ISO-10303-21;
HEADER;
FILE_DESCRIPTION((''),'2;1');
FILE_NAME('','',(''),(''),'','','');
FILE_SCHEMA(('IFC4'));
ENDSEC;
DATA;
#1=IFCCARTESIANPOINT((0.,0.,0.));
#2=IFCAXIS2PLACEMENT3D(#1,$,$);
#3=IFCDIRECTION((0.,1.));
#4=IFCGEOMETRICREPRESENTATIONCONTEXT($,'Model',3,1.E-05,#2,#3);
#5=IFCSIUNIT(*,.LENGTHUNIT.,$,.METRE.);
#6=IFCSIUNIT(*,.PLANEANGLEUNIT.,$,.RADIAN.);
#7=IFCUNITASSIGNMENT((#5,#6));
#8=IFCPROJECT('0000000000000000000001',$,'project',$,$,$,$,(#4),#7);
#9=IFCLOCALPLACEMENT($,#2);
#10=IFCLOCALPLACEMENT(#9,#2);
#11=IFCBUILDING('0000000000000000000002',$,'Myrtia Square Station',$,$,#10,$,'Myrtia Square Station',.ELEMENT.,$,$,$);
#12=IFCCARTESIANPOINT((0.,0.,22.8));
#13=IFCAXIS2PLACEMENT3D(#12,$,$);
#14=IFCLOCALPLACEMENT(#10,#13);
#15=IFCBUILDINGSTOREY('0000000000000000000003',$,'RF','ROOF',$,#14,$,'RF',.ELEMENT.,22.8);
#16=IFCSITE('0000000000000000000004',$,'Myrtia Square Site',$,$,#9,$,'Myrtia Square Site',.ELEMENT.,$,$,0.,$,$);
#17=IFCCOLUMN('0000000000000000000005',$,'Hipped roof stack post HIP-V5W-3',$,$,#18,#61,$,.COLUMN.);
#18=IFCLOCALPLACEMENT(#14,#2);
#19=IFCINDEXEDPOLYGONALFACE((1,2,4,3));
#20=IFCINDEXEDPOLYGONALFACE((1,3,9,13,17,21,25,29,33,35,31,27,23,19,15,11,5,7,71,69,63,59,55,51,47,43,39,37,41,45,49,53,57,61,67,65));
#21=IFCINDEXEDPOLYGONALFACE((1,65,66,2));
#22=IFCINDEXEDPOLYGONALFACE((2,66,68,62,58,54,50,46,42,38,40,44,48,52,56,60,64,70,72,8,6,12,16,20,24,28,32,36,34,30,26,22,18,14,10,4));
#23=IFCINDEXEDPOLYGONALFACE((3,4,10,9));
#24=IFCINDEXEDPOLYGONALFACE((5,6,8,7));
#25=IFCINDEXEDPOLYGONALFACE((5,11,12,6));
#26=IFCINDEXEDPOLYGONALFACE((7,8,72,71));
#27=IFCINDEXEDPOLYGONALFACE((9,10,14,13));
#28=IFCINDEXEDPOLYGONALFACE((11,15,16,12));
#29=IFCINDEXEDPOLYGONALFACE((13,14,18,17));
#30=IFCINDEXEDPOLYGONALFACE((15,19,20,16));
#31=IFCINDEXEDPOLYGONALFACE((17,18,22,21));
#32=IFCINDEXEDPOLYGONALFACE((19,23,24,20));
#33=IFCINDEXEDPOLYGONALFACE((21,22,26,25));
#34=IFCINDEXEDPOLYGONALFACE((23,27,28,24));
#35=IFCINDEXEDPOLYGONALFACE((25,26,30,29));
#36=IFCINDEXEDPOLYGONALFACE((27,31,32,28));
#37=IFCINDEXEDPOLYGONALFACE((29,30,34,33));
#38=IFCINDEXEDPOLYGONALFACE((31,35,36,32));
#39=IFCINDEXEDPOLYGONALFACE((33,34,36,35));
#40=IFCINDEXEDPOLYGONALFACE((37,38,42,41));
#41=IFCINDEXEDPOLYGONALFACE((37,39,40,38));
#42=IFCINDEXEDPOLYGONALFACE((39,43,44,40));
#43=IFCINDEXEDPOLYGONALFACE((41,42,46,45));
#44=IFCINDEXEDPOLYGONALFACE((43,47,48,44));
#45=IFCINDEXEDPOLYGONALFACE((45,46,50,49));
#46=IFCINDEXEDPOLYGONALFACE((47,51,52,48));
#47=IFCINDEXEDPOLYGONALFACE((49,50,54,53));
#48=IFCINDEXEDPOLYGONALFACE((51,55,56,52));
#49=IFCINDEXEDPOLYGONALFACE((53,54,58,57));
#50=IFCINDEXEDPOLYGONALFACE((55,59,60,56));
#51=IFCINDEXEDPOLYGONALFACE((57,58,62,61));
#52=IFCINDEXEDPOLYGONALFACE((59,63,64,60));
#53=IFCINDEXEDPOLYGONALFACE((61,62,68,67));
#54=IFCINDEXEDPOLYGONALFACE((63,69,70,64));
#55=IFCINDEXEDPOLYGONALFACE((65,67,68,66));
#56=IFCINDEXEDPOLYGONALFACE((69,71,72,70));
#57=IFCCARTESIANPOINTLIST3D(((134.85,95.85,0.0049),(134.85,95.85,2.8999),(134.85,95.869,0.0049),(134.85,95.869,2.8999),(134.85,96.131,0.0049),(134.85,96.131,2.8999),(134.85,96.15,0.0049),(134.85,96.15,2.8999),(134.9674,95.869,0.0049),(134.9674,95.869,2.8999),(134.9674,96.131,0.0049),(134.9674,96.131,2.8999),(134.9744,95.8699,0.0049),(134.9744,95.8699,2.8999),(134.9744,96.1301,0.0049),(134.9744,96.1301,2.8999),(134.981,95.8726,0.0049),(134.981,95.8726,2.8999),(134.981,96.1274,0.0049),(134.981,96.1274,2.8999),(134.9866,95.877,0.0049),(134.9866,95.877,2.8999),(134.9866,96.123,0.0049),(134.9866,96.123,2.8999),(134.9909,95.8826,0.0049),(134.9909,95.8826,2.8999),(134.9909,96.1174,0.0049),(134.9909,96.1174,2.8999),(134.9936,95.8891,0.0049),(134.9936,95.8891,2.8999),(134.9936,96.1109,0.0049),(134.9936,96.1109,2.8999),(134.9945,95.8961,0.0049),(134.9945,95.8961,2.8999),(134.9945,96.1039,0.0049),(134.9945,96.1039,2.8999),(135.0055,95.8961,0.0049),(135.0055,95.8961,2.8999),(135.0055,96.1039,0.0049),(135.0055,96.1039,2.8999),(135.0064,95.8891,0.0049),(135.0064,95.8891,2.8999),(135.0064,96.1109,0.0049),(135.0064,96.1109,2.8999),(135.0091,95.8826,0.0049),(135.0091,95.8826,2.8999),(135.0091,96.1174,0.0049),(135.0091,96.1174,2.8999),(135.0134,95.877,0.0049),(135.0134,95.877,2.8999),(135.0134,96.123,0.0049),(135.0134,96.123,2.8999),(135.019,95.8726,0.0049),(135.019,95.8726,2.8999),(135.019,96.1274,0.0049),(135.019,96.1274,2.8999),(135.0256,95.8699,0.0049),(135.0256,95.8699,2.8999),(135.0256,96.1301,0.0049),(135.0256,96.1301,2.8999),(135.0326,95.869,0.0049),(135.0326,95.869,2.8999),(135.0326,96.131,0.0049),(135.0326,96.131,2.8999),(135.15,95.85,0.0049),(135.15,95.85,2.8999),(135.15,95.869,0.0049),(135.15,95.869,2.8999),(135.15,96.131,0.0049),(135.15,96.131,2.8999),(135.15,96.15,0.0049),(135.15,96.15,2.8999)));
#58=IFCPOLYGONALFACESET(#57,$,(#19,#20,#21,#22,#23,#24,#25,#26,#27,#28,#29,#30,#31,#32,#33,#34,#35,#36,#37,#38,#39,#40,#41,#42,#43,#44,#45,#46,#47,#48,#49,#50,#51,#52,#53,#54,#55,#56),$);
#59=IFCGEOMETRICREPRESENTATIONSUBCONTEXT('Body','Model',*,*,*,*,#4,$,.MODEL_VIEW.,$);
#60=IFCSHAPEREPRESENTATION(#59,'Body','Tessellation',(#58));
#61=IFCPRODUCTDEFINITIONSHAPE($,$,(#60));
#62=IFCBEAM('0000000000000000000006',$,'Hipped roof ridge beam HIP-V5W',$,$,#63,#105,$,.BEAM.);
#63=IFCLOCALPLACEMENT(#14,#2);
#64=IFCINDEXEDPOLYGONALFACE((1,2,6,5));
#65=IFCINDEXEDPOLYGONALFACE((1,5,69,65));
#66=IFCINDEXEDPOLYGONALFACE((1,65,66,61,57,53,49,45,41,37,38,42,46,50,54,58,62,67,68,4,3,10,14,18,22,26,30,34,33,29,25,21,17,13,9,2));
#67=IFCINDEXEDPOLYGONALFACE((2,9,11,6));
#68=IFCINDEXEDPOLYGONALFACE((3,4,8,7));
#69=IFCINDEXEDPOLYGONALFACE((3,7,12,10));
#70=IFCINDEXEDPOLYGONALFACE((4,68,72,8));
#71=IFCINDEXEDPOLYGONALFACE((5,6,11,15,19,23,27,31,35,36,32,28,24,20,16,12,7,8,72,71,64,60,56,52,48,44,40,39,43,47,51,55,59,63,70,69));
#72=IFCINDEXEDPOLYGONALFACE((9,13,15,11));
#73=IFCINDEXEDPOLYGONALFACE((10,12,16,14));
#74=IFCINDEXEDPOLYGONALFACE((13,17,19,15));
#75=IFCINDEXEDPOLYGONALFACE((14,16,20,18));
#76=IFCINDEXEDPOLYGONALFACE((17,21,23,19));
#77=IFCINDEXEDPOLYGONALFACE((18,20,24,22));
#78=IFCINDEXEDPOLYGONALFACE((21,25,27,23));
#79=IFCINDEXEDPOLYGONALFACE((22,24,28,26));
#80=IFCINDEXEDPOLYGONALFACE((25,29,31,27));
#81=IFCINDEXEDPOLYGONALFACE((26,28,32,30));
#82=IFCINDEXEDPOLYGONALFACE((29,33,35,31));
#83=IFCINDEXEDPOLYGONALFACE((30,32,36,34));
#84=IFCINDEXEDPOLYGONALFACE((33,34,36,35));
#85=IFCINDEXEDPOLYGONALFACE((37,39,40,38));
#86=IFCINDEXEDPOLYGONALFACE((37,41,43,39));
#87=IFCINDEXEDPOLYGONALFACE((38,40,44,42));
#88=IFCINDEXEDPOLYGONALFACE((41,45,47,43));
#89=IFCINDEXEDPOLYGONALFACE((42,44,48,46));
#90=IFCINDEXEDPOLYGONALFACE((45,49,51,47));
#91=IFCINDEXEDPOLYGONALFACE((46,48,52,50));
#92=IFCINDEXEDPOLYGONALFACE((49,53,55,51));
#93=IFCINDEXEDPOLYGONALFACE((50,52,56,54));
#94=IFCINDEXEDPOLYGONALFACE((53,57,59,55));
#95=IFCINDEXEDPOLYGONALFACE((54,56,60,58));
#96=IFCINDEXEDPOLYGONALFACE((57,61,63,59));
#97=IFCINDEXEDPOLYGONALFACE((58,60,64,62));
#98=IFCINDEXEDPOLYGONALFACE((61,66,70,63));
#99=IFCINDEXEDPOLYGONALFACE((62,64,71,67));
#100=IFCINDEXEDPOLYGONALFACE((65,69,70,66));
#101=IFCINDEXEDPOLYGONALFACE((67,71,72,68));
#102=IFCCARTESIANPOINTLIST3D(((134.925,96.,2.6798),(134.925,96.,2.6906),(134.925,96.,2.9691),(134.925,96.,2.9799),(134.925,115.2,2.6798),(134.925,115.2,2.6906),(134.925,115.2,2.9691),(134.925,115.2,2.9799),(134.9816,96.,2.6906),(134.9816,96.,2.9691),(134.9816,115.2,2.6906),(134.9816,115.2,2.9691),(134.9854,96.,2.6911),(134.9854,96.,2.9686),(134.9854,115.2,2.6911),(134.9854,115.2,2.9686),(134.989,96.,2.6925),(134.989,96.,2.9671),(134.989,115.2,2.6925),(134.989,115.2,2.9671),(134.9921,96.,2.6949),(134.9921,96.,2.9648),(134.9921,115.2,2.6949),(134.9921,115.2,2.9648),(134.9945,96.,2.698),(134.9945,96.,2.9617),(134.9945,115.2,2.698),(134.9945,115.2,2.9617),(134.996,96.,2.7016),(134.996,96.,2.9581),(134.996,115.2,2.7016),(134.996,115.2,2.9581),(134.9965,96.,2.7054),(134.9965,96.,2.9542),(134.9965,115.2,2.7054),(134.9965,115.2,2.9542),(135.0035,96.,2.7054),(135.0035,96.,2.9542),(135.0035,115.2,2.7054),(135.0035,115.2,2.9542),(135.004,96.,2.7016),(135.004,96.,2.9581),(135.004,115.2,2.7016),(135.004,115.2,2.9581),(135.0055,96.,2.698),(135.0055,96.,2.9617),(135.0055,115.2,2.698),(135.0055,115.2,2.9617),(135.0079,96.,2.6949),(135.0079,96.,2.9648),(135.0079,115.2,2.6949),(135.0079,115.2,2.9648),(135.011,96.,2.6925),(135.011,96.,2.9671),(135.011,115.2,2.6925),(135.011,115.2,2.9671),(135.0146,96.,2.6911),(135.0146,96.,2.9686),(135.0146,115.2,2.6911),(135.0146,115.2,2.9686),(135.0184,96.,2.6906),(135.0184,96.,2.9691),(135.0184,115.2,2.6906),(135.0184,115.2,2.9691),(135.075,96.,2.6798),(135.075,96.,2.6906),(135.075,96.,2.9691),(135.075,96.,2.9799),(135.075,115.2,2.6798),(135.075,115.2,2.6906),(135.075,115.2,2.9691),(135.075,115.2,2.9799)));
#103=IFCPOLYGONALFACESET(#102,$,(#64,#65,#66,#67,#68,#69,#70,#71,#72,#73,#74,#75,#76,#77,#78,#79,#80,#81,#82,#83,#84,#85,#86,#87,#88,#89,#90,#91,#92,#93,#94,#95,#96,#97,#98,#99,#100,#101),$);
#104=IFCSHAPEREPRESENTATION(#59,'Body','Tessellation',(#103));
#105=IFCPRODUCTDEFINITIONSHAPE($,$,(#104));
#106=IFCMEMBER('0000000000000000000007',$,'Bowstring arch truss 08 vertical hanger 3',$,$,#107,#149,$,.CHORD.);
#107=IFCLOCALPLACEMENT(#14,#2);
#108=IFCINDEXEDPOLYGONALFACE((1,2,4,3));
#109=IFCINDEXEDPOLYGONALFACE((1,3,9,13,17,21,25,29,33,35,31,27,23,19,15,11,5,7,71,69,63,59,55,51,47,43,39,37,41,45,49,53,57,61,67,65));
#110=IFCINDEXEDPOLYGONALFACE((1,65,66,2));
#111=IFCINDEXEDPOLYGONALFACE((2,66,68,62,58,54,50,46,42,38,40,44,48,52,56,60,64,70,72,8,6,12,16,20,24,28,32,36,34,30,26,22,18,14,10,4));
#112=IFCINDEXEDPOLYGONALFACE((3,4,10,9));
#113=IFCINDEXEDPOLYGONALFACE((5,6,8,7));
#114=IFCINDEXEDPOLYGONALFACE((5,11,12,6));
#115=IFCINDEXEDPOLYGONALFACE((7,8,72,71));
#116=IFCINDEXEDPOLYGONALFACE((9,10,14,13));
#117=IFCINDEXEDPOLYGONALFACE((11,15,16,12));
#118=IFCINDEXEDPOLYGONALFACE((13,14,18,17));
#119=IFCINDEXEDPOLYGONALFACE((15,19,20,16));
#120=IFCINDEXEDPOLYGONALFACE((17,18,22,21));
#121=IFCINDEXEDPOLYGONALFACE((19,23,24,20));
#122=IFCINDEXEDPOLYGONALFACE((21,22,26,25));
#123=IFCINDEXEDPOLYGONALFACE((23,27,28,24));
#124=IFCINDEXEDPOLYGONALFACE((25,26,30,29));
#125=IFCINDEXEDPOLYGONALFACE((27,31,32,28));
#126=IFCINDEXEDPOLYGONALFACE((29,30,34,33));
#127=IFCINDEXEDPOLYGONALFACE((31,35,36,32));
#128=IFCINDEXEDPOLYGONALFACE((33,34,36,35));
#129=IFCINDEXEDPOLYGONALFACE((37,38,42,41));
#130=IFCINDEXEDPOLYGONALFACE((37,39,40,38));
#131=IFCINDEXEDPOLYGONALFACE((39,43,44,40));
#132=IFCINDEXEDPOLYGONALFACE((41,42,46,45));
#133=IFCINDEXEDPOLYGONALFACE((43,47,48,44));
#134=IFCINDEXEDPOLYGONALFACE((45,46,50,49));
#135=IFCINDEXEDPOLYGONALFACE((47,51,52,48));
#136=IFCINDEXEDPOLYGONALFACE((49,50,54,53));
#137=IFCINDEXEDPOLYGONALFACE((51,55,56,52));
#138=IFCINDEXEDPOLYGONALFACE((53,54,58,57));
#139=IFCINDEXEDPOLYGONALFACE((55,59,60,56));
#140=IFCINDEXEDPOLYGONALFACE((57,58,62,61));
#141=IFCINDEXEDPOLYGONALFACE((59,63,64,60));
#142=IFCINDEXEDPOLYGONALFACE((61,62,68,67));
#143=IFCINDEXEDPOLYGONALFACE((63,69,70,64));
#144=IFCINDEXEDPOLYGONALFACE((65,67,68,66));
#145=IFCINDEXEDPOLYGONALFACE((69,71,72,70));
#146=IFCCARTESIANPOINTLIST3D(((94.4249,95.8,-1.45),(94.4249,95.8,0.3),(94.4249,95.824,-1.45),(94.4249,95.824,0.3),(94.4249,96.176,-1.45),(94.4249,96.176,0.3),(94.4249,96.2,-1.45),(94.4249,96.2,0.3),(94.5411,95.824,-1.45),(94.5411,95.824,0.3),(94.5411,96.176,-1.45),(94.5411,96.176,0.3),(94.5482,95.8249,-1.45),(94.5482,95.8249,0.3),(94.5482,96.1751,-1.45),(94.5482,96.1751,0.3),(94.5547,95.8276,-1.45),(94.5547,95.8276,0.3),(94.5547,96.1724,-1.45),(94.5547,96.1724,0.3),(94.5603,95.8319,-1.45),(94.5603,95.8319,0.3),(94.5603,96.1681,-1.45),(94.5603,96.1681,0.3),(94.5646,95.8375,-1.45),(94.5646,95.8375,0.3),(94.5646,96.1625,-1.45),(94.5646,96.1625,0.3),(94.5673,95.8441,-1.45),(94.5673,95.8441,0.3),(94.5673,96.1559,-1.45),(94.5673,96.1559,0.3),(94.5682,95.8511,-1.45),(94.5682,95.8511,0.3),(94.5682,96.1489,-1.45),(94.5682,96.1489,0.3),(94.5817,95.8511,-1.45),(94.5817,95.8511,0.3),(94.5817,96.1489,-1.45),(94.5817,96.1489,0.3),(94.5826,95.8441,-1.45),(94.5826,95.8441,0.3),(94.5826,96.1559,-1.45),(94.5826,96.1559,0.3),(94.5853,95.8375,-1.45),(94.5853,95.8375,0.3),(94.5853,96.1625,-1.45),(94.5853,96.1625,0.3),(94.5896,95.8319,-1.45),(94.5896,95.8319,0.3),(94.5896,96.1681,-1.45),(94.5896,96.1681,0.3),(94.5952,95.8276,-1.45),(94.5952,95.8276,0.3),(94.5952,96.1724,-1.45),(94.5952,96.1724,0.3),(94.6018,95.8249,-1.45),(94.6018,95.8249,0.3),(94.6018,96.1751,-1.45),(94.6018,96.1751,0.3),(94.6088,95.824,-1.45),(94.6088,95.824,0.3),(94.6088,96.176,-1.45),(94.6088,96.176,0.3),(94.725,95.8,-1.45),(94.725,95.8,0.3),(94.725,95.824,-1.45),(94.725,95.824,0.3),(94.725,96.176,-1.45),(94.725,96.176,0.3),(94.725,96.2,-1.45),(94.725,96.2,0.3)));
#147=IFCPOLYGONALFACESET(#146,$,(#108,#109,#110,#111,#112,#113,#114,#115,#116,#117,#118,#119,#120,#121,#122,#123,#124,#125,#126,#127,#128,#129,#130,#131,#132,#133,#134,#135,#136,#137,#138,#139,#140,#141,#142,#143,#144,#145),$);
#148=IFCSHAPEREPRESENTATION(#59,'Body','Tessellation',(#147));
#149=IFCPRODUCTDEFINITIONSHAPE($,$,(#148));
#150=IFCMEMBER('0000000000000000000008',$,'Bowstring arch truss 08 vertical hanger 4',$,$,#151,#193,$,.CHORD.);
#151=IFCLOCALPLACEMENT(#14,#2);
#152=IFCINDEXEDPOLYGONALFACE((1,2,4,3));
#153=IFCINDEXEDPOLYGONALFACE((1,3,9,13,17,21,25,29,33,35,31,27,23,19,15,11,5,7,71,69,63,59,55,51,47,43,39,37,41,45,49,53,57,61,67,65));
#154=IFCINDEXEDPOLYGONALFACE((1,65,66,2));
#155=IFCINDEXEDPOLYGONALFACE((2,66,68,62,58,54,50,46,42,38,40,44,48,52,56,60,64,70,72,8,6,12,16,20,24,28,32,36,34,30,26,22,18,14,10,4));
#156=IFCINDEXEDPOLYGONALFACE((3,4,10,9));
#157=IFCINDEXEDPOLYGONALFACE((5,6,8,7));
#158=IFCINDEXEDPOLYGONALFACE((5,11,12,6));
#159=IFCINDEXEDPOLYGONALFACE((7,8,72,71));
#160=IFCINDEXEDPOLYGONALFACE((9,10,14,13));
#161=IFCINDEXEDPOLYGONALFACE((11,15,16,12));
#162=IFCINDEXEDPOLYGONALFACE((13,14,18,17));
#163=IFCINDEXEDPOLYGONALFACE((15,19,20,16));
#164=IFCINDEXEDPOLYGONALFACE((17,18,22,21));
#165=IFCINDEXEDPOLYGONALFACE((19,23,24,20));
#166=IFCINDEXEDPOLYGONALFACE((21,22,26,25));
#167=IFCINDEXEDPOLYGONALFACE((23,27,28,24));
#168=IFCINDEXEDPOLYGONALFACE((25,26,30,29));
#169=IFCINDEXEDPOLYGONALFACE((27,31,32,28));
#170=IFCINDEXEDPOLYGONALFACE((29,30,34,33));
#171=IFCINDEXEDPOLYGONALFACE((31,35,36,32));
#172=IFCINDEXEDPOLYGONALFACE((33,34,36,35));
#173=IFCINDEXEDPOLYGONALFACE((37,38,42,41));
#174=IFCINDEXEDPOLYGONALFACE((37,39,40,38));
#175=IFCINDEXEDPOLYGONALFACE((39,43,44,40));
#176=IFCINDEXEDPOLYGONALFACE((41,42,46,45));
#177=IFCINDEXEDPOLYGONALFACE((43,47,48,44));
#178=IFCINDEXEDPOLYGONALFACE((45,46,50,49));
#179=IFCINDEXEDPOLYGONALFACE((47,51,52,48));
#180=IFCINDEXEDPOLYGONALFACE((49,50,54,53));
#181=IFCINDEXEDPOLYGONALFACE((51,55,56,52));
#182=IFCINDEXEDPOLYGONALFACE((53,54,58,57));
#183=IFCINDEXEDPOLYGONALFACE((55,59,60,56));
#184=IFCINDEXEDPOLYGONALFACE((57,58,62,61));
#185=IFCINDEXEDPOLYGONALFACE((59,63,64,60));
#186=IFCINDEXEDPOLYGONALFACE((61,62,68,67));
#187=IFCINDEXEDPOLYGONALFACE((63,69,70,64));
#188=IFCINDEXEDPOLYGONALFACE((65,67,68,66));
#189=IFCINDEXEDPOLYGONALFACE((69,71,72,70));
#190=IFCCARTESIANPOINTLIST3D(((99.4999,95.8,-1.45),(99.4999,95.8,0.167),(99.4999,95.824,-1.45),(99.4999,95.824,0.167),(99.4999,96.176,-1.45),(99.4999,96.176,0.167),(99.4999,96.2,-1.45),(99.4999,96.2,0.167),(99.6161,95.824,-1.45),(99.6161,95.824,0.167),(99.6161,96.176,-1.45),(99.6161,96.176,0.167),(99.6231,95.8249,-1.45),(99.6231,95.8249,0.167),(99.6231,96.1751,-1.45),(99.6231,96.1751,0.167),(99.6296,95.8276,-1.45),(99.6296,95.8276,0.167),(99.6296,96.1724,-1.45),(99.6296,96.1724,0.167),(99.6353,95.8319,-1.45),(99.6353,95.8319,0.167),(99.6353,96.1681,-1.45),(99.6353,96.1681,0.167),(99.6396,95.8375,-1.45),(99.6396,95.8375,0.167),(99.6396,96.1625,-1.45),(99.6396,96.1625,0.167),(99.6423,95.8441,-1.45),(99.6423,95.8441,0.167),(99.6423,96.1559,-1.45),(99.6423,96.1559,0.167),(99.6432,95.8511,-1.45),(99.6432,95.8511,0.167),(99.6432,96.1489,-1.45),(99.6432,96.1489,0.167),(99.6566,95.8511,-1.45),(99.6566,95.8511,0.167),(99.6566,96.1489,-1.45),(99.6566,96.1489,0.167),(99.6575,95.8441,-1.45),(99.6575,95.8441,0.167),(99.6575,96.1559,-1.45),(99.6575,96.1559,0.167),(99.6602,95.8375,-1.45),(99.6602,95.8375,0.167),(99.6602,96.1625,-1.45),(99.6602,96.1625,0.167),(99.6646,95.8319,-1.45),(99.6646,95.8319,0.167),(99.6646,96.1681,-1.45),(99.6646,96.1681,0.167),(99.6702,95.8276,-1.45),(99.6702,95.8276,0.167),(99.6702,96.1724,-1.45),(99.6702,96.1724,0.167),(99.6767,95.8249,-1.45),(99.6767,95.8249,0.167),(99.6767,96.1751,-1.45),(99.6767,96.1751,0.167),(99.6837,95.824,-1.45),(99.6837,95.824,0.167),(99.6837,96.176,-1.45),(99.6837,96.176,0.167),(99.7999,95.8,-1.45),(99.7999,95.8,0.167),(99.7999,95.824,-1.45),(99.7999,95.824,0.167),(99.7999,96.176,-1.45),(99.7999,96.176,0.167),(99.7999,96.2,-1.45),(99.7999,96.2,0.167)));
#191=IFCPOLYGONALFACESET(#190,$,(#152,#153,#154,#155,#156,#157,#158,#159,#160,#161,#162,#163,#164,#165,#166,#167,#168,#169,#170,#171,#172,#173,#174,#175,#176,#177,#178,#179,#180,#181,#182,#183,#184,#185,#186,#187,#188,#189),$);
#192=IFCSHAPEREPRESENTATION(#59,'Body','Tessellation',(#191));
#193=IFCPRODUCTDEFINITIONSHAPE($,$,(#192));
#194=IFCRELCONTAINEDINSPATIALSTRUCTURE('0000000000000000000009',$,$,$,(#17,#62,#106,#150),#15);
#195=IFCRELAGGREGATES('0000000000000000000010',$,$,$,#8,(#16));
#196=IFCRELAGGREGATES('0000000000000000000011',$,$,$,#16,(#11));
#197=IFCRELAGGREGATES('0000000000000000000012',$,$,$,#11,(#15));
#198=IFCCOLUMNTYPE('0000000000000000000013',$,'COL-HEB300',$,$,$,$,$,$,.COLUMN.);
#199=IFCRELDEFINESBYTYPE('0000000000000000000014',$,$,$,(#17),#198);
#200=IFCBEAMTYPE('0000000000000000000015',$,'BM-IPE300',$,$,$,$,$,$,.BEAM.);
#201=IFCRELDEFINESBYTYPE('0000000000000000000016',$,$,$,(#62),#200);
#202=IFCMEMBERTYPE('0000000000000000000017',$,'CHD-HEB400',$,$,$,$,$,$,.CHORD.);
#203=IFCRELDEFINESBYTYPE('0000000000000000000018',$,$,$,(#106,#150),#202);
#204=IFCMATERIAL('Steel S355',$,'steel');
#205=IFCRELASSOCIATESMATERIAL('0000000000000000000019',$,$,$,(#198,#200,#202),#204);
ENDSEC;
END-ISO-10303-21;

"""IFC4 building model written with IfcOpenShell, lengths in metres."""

from ifc_helpers import new_model, si_unit, direction, frame, origin, origin_2d, place, context, subcontext, project, spatial, i_section, extrude, material, material_profile, profile_set, type_object, element, save


model = new_model("IFC4")

# Units and contexts
model_context = context("Model", 3, precision=1e-05, world=origin(), true_north=direction((0.0, 1.0)))
body_context = subcontext(model_context, "Body", "Model", "MODEL_VIEW")
ifc_project = project(units=[si_unit("LENGTHUNIT", "METRE"), si_unit("PLANEANGLEUNIT", "RADIAN")], contexts=[model_context])

# Site, building, storey
site_placement = place(None, origin())
site = spatial("IfcSite", under=ifc_project, at=site_placement, Name="Myrtia Square Site", LongName="Myrtia Square Site", CompositionType="ELEMENT", RefElevation=0.0)
building_placement = place(site_placement, origin())
building = spatial("IfcBuilding", under=site, at=building_placement, Name="Myrtia Square Station", LongName="Myrtia Square Station", CompositionType="ELEMENT")
storey_placement = place(building_placement, frame((0.0, 0.0, 22.8)))
storey = spatial("IfcBuildingStorey", under=building, at=storey_placement, Name="RF", Description="ROOF", LongName="RF", CompositionType="ELEMENT", Elevation=22.8)

# Column
ifc_material_1 = material(Name="Steel S355", Category="steel")
ifc_material_profile_1 = material_profile(ifc_material_1, i_section(OverallWidth=0.3, OverallDepth=0.3, WebThickness=0.011, FlangeThickness=0.019, FilletRadius=0.0271, at=origin_2d()), Name="HEB 300")
ifc_profile_set_1 = profile_set([ifc_material_profile_1], Name="Steel S355")
column_type = type_object("IfcColumnType", Name="COL-HEB300", PredefinedType="COLUMN", material=ifc_profile_set_1)
column_placement = place(storey_placement, frame((135.0, 96.0, 0.0049), z_axis=(0.0, 0.0, 1.0), x_axis=(1.0, 0.0, 0.0)))
element("IfcColumn", 1, at=column_placement, inside=storey, type_object=column_type, Name="Hipped roof stack post HIP-V5W-3", PredefinedType="COLUMN", context=body_context, shape_type="SweptSolid", body=[
    extrude(i_section(OverallWidth=0.3, OverallDepth=0.3, WebThickness=0.011, FlangeThickness=0.019, FilletRadius=0.0271, at=origin_2d()), origin(), (0.0, 0.0, 1.0), 2.895),
])

# Beam
ifc_material_profile_2 = material_profile(ifc_material_1, i_section(OverallWidth=0.1499, OverallDepth=0.3, WebThickness=0.0071, FlangeThickness=0.0107, FilletRadius=0.0149, at=origin_2d()), Name="IPE 300")
ifc_profile_set_2 = profile_set([ifc_material_profile_2], Name="Steel S355")
beam_type = type_object("IfcBeamType", Name="BM-IPE300", PredefinedType="BEAM", material=ifc_profile_set_2)
beam_placement = place(storey_placement, frame((135.0, 96.0, 2.8298), z_axis=(0.0, 1.0, 0.0), x_axis=(-1.0, 0.0, 0.0)))
element("IfcBeam", 2, at=beam_placement, inside=storey, type_object=beam_type, Name="Hipped roof ridge beam HIP-V5W", PredefinedType="BEAM", context=body_context, shape_type="SweptSolid", body=[
    extrude(i_section(OverallWidth=0.1499, OverallDepth=0.3, WebThickness=0.0071, FlangeThickness=0.0107, FilletRadius=0.0149, at=origin_2d()), origin(), (0.0, 0.0, 1.0), 19.2),
])

# Members
ifc_material_profile_3 = material_profile(ifc_material_1, i_section(OverallWidth=0.3, OverallDepth=0.3999, WebThickness=0.0134, FlangeThickness=0.0239, FilletRadius=0.0271, at=origin_2d()), Name="HEB 400")
ifc_profile_set_3 = profile_set([ifc_material_profile_3], Name="Steel S355")
member_type_1 = type_object("IfcMemberType", Name="CHD-HEB400", PredefinedType="CHORD", material=ifc_profile_set_3)
member_1_placement = place(storey_placement, frame((94.575, 96.0, -1.45), z_axis=(0.0, 0.0, 1.0), x_axis=(1.0, 0.0, 0.0)))
element("IfcMember", 3, at=member_1_placement, inside=storey, type_object=member_type_1, Name="Bowstring arch truss 08 vertical hanger 3", PredefinedType="CHORD", context=body_context, shape_type="SweptSolid", body=[
    extrude(i_section(OverallWidth=0.3, OverallDepth=0.3999, WebThickness=0.0134, FlangeThickness=0.0239, FilletRadius=0.0271, at=origin_2d()), origin(), (0.0, 0.0, 1.0), 1.75),
])
member_2_placement = place(storey_placement, frame((99.6499, 96.0, -1.45), z_axis=(0.0, 0.0, 1.0), x_axis=(1.0, 0.0, 0.0)))
element("IfcMember", 4, at=member_2_placement, inside=storey, type_object=member_type_1, Name="Bowstring arch truss 08 vertical hanger 4", PredefinedType="CHORD", context=body_context, shape_type="SweptSolid", body=[
    extrude(i_section(OverallWidth=0.3, OverallDepth=0.3999, WebThickness=0.0134, FlangeThickness=0.0239, FilletRadius=0.0271, at=origin_2d()), origin(), (0.0, 0.0, 1.0), 1.6169),
])

save(model, "model.ifc")
